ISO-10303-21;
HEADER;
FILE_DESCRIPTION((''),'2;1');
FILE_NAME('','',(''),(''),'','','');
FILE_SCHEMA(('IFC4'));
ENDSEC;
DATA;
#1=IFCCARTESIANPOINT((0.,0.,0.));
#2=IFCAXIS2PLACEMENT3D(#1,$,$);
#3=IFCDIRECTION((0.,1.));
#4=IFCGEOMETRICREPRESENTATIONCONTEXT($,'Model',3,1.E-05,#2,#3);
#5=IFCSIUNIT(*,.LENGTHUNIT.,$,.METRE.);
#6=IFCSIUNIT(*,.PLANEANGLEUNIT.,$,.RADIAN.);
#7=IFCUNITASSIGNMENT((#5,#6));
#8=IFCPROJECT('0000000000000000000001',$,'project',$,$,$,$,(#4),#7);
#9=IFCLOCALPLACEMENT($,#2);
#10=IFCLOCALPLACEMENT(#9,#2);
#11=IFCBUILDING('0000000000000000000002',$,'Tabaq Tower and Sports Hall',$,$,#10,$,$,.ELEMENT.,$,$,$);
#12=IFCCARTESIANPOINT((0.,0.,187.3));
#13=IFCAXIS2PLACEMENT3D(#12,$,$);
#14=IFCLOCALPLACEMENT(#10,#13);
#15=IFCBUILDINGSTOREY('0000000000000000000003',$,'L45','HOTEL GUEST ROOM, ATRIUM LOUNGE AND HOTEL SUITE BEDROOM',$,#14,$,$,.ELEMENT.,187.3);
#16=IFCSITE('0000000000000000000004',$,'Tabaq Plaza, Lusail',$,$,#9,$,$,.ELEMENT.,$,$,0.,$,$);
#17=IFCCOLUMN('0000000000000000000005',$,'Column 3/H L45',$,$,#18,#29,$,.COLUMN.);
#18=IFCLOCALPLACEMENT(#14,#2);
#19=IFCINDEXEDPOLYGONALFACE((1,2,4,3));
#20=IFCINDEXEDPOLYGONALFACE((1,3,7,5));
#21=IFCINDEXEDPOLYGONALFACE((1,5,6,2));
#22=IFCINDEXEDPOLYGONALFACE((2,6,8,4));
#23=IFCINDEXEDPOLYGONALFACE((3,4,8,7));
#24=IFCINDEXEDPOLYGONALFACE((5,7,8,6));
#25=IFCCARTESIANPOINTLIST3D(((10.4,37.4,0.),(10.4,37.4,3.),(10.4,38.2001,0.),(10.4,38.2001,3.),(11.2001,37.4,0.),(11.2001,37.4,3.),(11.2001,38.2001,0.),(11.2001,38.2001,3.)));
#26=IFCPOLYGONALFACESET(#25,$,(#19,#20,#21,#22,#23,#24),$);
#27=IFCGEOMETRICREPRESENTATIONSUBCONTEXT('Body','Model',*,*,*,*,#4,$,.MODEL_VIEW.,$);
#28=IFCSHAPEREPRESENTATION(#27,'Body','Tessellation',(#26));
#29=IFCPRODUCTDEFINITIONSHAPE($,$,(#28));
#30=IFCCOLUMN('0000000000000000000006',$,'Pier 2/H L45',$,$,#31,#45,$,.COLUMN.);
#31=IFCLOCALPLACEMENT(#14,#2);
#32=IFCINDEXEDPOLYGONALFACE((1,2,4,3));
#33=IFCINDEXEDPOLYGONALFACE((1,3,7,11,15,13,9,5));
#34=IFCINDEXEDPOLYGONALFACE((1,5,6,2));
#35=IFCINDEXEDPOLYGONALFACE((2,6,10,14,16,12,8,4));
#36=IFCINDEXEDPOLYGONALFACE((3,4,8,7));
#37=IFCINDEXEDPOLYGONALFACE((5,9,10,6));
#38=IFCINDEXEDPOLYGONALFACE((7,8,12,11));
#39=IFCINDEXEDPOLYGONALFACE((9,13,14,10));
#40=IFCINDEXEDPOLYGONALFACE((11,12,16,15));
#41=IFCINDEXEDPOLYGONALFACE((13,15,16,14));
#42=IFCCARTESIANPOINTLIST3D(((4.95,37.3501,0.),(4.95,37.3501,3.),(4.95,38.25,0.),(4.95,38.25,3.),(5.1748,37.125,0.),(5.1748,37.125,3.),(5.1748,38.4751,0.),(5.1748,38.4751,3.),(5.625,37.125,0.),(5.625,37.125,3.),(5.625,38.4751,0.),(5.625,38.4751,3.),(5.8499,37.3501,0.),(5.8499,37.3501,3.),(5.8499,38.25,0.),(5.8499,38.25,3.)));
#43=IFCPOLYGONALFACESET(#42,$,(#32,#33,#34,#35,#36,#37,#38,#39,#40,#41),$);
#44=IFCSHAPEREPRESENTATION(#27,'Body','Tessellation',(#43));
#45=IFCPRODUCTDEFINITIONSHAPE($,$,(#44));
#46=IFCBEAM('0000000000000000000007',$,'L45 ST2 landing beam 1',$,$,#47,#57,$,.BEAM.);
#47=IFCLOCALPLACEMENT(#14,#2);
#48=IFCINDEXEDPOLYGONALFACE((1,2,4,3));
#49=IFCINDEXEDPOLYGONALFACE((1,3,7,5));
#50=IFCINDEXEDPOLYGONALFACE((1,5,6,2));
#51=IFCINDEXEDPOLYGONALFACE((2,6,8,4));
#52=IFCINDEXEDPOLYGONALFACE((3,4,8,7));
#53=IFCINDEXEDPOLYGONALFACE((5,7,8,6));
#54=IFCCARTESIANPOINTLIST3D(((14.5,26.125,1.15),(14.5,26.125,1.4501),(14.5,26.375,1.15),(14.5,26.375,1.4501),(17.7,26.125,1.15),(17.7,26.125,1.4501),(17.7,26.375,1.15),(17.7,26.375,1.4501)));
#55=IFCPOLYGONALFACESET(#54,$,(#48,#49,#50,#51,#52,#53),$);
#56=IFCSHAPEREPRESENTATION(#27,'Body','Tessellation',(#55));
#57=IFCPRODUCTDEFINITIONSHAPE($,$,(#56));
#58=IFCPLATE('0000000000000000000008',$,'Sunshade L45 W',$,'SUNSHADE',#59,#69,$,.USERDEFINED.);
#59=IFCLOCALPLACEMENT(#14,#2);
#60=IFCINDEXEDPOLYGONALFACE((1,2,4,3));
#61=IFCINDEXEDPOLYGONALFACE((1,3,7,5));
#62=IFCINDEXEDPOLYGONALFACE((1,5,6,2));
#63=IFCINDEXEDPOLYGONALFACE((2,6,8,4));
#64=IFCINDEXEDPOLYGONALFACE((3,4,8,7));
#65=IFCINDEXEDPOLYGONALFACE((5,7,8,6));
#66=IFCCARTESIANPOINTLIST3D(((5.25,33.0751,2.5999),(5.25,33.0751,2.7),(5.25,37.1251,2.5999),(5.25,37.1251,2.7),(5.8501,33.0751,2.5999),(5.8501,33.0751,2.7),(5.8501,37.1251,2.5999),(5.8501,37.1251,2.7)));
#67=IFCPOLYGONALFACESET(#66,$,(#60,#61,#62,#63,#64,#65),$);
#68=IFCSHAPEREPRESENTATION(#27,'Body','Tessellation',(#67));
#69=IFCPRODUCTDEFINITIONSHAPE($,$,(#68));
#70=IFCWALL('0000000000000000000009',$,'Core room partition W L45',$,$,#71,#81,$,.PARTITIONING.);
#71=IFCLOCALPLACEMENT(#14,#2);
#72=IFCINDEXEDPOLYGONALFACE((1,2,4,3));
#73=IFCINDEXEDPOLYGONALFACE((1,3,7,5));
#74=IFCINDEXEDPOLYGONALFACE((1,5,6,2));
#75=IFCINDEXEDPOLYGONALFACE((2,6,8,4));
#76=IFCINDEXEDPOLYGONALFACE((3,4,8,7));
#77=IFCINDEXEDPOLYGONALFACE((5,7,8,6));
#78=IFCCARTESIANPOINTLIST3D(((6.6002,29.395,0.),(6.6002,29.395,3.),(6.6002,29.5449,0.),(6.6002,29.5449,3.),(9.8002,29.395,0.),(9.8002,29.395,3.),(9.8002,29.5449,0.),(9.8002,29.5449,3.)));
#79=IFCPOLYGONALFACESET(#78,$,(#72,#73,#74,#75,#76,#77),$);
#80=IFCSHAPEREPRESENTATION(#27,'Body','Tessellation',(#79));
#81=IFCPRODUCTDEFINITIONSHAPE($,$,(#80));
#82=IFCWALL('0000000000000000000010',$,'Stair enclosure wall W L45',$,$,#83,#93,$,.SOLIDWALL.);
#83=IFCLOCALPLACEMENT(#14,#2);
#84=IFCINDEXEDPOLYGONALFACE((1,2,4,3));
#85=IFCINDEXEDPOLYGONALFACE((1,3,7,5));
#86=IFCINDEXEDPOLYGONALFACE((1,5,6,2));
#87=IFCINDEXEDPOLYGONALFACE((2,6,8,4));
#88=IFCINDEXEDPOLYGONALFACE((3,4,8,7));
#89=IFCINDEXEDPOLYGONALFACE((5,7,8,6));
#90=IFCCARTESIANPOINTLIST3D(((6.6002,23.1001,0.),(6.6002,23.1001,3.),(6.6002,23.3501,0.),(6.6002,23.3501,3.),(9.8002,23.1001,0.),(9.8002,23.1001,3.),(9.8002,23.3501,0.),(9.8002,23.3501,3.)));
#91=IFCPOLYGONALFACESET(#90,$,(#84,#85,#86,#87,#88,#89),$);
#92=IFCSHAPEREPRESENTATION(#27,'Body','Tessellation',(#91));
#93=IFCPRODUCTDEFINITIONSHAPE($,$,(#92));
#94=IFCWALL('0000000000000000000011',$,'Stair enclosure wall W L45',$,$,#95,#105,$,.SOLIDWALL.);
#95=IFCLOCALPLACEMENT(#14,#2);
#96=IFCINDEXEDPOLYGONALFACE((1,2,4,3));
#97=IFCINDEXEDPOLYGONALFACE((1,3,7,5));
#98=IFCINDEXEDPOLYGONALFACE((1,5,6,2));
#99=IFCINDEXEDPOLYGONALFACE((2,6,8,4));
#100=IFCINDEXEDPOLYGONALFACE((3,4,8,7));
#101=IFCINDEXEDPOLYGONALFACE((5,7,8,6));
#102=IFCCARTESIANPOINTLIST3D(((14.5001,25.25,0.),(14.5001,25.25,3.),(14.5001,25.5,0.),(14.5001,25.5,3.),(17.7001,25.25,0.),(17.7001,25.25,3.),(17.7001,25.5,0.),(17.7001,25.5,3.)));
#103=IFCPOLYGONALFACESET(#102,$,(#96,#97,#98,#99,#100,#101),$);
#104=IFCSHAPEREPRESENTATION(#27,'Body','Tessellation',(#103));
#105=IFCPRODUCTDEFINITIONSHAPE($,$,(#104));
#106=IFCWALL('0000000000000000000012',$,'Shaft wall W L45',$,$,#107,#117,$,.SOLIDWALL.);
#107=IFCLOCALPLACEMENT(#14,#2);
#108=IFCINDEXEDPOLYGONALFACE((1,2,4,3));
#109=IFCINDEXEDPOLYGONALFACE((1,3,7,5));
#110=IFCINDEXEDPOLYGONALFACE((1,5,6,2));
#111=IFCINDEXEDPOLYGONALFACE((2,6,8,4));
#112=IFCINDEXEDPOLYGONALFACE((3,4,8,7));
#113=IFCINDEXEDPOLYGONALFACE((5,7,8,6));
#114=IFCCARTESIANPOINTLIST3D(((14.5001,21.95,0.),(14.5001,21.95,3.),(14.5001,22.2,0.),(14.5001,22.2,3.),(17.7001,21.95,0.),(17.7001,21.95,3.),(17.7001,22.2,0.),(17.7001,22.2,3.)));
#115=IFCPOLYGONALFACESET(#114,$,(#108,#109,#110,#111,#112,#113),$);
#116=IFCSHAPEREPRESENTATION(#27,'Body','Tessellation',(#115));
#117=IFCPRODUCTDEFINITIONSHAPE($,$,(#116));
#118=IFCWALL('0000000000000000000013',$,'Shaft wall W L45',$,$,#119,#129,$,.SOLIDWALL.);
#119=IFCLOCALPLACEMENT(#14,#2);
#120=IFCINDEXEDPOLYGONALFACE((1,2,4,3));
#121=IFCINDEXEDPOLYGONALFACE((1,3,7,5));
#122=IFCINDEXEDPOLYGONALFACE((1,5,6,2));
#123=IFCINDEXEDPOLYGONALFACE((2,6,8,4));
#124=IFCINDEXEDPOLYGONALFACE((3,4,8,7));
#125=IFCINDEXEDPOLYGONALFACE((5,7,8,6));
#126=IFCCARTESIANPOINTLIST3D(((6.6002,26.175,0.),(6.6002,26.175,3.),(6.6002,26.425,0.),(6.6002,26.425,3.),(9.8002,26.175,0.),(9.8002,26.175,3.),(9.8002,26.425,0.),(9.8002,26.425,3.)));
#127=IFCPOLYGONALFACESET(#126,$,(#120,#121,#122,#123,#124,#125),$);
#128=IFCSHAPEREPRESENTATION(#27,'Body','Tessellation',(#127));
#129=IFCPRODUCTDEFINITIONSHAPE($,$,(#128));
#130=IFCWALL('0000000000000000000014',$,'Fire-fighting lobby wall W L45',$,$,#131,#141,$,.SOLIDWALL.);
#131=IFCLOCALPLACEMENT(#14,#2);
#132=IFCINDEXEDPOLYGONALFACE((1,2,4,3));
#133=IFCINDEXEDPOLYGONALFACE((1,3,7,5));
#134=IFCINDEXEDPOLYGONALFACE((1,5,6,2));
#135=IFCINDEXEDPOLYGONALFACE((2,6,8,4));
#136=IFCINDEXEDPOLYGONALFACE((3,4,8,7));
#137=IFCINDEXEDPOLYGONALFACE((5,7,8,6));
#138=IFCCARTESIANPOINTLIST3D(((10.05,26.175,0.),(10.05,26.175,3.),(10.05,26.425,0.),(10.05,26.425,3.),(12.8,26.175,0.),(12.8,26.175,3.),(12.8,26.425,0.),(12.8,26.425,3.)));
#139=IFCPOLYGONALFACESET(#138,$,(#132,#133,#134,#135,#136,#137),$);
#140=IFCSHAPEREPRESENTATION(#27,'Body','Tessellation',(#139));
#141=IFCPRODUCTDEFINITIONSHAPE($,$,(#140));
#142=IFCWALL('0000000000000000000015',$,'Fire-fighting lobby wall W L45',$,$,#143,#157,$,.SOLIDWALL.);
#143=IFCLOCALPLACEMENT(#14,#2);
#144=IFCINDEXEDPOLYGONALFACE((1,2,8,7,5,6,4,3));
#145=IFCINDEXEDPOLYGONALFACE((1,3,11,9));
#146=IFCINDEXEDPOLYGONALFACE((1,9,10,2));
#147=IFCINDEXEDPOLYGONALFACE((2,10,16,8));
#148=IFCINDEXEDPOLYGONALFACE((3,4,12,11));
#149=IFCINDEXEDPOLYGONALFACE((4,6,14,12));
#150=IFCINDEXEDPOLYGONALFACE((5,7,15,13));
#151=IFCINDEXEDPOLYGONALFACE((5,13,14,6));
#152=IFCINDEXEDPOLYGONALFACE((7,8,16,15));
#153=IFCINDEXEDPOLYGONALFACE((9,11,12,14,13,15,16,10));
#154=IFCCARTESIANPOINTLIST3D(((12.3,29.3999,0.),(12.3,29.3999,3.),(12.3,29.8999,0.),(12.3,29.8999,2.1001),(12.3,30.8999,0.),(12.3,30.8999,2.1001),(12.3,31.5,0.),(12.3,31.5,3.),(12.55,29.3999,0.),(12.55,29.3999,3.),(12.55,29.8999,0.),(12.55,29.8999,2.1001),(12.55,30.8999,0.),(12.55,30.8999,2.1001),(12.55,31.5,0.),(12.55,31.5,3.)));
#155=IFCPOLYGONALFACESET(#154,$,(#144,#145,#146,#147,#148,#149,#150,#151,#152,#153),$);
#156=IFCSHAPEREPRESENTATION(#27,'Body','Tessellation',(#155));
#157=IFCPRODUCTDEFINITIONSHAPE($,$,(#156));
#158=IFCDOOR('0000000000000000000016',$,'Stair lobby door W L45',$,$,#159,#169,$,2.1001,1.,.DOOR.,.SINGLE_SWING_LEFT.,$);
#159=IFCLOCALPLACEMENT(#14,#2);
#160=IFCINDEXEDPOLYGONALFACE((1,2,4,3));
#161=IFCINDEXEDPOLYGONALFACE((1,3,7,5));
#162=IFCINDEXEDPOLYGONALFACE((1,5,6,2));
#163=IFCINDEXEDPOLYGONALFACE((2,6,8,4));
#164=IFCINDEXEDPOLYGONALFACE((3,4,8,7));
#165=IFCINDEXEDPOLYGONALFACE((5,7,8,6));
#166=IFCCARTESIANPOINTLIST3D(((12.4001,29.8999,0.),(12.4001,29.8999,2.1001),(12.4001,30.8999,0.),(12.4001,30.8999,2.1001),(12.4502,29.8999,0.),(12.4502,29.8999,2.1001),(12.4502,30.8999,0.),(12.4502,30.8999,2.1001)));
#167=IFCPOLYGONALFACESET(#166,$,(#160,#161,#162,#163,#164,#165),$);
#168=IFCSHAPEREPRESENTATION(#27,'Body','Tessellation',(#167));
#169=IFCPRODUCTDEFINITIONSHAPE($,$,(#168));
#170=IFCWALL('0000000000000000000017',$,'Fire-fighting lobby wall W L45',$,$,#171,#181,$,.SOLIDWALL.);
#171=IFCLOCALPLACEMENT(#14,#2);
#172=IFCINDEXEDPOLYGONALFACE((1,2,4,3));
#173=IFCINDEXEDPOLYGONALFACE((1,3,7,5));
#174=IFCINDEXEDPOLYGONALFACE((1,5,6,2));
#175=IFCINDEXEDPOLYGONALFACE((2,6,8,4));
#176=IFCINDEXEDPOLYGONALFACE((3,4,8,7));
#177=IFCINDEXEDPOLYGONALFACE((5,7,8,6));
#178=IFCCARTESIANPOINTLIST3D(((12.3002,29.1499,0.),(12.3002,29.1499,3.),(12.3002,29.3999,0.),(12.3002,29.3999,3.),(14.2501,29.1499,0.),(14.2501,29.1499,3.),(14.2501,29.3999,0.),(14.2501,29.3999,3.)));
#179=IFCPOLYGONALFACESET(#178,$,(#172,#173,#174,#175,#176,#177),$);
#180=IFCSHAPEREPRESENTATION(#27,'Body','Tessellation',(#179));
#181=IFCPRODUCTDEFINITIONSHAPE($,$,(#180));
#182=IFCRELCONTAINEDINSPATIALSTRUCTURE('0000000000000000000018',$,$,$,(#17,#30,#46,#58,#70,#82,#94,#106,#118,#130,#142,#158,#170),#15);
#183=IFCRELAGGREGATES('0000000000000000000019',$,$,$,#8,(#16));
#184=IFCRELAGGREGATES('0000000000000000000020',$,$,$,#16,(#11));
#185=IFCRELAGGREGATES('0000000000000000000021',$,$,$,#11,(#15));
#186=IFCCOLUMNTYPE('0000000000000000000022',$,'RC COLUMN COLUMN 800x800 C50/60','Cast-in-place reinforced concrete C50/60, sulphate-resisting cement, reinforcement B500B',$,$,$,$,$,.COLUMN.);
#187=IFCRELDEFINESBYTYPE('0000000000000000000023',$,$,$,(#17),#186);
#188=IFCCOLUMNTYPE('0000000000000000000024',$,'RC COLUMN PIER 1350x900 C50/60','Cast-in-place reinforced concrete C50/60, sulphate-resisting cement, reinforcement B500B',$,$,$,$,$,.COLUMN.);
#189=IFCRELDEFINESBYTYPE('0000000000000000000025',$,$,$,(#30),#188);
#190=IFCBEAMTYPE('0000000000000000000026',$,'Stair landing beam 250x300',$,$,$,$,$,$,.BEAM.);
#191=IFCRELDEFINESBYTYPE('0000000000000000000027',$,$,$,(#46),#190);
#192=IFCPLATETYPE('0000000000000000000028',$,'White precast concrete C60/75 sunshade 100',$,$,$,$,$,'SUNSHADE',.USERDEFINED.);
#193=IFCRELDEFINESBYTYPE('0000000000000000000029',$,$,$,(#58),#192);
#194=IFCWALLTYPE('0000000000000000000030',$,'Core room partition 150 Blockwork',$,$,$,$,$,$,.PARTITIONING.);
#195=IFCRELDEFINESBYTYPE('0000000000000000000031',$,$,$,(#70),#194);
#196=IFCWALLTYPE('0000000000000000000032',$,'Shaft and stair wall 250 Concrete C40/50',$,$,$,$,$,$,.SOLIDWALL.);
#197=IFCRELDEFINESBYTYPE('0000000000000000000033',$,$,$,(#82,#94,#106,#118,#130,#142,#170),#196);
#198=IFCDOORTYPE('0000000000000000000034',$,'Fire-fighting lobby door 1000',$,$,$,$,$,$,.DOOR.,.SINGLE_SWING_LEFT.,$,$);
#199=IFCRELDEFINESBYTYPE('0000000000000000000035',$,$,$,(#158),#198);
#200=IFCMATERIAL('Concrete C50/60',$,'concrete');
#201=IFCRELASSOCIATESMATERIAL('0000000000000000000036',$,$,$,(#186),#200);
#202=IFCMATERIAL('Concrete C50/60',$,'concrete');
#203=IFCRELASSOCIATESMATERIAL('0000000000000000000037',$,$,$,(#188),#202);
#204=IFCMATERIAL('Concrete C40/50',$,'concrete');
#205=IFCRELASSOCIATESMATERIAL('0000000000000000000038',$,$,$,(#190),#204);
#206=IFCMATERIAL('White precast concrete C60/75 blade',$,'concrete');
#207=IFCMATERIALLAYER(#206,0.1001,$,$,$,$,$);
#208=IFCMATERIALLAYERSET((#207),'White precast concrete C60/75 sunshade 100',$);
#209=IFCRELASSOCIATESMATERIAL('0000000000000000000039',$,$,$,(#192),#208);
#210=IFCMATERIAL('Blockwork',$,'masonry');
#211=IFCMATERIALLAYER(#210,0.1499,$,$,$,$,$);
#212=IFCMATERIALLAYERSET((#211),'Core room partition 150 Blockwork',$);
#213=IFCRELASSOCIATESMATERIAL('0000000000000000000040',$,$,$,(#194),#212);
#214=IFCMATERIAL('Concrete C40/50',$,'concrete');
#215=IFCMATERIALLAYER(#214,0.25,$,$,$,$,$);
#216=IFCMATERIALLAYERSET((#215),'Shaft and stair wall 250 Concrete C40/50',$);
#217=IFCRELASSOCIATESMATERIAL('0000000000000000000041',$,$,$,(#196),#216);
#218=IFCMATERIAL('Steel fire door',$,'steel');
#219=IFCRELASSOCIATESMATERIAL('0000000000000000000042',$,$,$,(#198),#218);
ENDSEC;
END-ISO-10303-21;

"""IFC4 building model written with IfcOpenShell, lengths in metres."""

from ifc_helpers import new_model, si_unit, direction, frame, frame_2d, origin, origin_2d, place, context, subcontext, project, spatial, polyline, rectangle, outline, extrude, material, layer, layer_set, material_profile, profile_set, type_object, element, fill, save


model = new_model("IFC4")

# Units and contexts
model_context = context("Model", 3, precision=1e-05, world=origin(), true_north=direction((0.0, 1.0)))
body_context = subcontext(model_context, "Body", "Model", "MODEL_VIEW")
ifc_project = project(units=[si_unit("LENGTHUNIT", "METRE"), si_unit("PLANEANGLEUNIT", "RADIAN")], contexts=[model_context])

# Site, building, storey
site_placement = place(None, origin())
site = spatial("IfcSite", under=ifc_project, at=site_placement, Name="Tabaq Plaza, Lusail", CompositionType="ELEMENT", RefElevation=0.0)
building_placement = place(site_placement, origin())
building = spatial("IfcBuilding", under=site, at=building_placement, Name="Tabaq Tower and Sports Hall", CompositionType="ELEMENT")
storey_placement = place(building_placement, frame((0.0, 0.0, 187.3)))
storey = spatial("IfcBuildingStorey", under=building, at=storey_placement, Name="L45", Description="HOTEL GUEST ROOM, ATRIUM LOUNGE AND HOTEL SUITE BEDROOM", CompositionType="ELEMENT", Elevation=187.3)

# Columns
ifc_material_1 = material(Name="Concrete C50/60", Category="concrete")
ifc_material_profile_1 = material_profile(ifc_material_1, rectangle(XDim=0.8, YDim=0.8, at=origin_2d()), Name="COLUMN 800x800")
ifc_profile_set_1 = profile_set([ifc_material_profile_1], Name="Concrete C50/60")
column_type_1 = type_object("IfcColumnType", Name="RC COLUMN COLUMN 800x800 C50/60", Description="Cast-in-place reinforced concrete C50/60, sulphate-resisting cement, reinforcement B500B", PredefinedType="COLUMN", material=ifc_profile_set_1)
column_1_placement = place(storey_placement, frame((10.8, 37.8, 0.0), z_axis=(0.0, 0.0, 1.0), x_axis=(1.0, 0.0, 0.0)))
element("IfcColumn", 1, at=column_1_placement, inside=storey, type_object=column_type_1, Name="Column 3/H L45", PredefinedType="COLUMN", context=body_context, shape_type="SweptSolid", body=[
    extrude(rectangle(XDim=0.8, YDim=0.8, at=origin_2d()), origin(), (0.0, 0.0, 1.0), 3.0),
])
ifc_material_2 = material(Name="Concrete C50/60", Category="concrete")
ifc_material_profile_2 = material_profile(ifc_material_2, outline(polyline([(-0.45, -0.45), (0.45, -0.45), (0.675, -0.2251), (0.675, 0.2251), (0.45, 0.45), (-0.45, 0.45), (-0.675, 0.2251), (-0.675, -0.2251), (-0.45, -0.45)])), Name="PIER 1350x900")
ifc_profile_set_2 = profile_set([ifc_material_profile_2], Name="Concrete C50/60")
column_type_2 = type_object("IfcColumnType", Name="RC COLUMN PIER 1350x900 C50/60", Description="Cast-in-place reinforced concrete C50/60, sulphate-resisting cement, reinforcement B500B", PredefinedType="COLUMN", material=ifc_profile_set_2)
column_2_placement = place(storey_placement, frame((5.3999, 37.8, 0.0), z_axis=(0.0, 0.0, 1.0), x_axis=(0.0, 1.0, 0.0)))
element("IfcColumn", 2, at=column_2_placement, inside=storey, type_object=column_type_2, Name="Pier 2/H L45", PredefinedType="COLUMN", context=body_context, shape_type="SweptSolid", body=[
    extrude(outline(polyline([(-0.45, -0.45), (0.45, -0.45), (0.675, -0.2251), (0.675, 0.2251), (0.45, 0.45), (-0.45, 0.45), (-0.675, 0.2251), (-0.675, -0.2251), (-0.45, -0.45)])), origin(), (0.0, 0.0, 1.0), 3.0),
])

# Beam
ifc_material_3 = material(Name="Concrete C40/50", Category="concrete")
ifc_material_profile_3 = material_profile(ifc_material_3, rectangle(XDim=0.25, YDim=0.3, at=origin_2d()), Name="RC 250x300")
ifc_profile_set_3 = profile_set([ifc_material_profile_3], Name="Concrete C40/50")
beam_type = type_object("IfcBeamType", Name="Stair landing beam 250x300", PredefinedType="BEAM", material=ifc_profile_set_3)
beam_placement = place(storey_placement, frame((14.5, 26.25, 1.3), z_axis=(1.0, 0.0, 0.0), x_axis=(0.0, 1.0, 0.0)))
element("IfcBeam", 3, at=beam_placement, inside=storey, type_object=beam_type, Name="L45 ST2 landing beam 1", PredefinedType="BEAM", context=body_context, shape_type="SweptSolid", body=[
    extrude(rectangle(XDim=0.25, YDim=0.3, at=origin_2d()), origin(), (0.0, 0.0, 1.0), 3.2),
])

# Plate
ifc_material_4 = material(Name="White precast concrete C60/75 blade", Category="concrete")
ifc_layer_1 = layer(ifc_material_4, 0.1001)
ifc_layer_set_1 = layer_set([ifc_layer_1], Name="White precast concrete C60/75 sunshade 100")
plate_type = type_object("IfcPlateType", Name="White precast concrete C60/75 sunshade 100", ElementType="SUNSHADE", PredefinedType="USERDEFINED", material=ifc_layer_set_1)
plate_placement = place(storey_placement, frame((5.55, 35.1001, 2.5999), z_axis=(0.0, 0.0, 1.0), x_axis=(0.0, -1.0, 0.0)))
element("IfcPlate", 4, at=plate_placement, inside=storey, type_object=plate_type, Name="Sunshade L45 W", ObjectType="SUNSHADE", PredefinedType="USERDEFINED", context=body_context, shape_type="SweptSolid", body=[
    extrude(rectangle(XDim=4.05, YDim=0.6001, at=origin_2d()), origin(), (0.0, 0.0, 1.0), 0.1001),
])

# Wall
ifc_material_5 = material(Name="Blockwork", Category="masonry")
ifc_layer_2 = layer(ifc_material_5, 0.1499)
ifc_layer_set_2 = layer_set([ifc_layer_2], Name="Core room partition 150 Blockwork")
wall_type_1 = type_object("IfcWallType", Name="Core room partition 150 Blockwork", PredefinedType="PARTITIONING", material=ifc_layer_set_2)
wall_1_placement = place(storey_placement, frame((6.6001, 29.47, 0.0), z_axis=(0.0, 0.0, 1.0), x_axis=(1.0, 0.0, 0.0)))
element("IfcWall", 5, at=wall_1_placement, inside=storey, type_object=wall_type_1, Name="Core room partition W L45", PredefinedType="PARTITIONING", context=body_context, shape_type="SweptSolid", body=[
    extrude(rectangle(XDim=3.2, YDim=0.1499, at=frame_2d((1.6001, 0.0))), origin(), (0.0, 0.0, 1.0), 3.0),
])

# Walls
ifc_material_6 = material(Name="Concrete C40/50", Category="concrete")
ifc_layer_3 = layer(ifc_material_6, 0.25)
ifc_layer_set_3 = layer_set([ifc_layer_3], Name="Shaft and stair wall 250 Concrete C40/50")
wall_type_2 = type_object("IfcWallType", Name="Shaft and stair wall 250 Concrete C40/50", PredefinedType="SOLIDWALL", material=ifc_layer_set_3)
for number, where, z_axis, x_axis, name in (
    (6, (6.6001, 23.2251, 0.0), (0.0, 0.0, 1.0), (1.0, 0.0, 0.0), "Stair enclosure wall W L45"),
    (7, (14.5, 25.375, 0.0), (0.0, 0.0, 1.0), (1.0, 0.0, 0.0), "Stair enclosure wall W L45"),
    (8, (14.5, 22.075, 0.0), (0.0, 0.0, 1.0), (1.0, 0.0, 0.0), "Shaft wall W L45"),
    (9, (6.6001, 26.3, 0.0), (0.0, 0.0, 1.0), (1.0, 0.0, 0.0), "Shaft wall W L45"),
):
    element("IfcWall", number, at=place(storey_placement, frame(where, z_axis=z_axis, x_axis=x_axis)), inside=storey, type_object=wall_type_2, Name=name, PredefinedType="SOLIDWALL", context=body_context, shape_type="SweptSolid", body=[
        extrude(rectangle(XDim=3.2, YDim=0.25, at=frame_2d((1.6001, 0.0))), origin(), (0.0, 0.0, 1.0), 3.0),
    ])
wall_2_placement = place(storey_placement, frame((10.05, 26.3, 0.0), z_axis=(0.0, 0.0, 1.0), x_axis=(1.0, 0.0, 0.0)))
element("IfcWall", 10, at=wall_2_placement, inside=storey, type_object=wall_type_2, Name="Fire-fighting lobby wall W L45", PredefinedType="SOLIDWALL", context=body_context, shape_type="SweptSolid", body=[
    extrude(rectangle(XDim=2.75, YDim=0.25, at=frame_2d((1.375, 0.0))), origin(), (0.0, 0.0, 1.0), 3.0),
])

# Wall, opening, door
wall_3_placement = place(storey_placement, frame((12.425, 29.3999, 0.0), z_axis=(0.0, 0.0, 1.0), x_axis=(0.0, 1.0, 0.0)))
wall_3 = element("IfcWall", 11, at=wall_3_placement, inside=storey, type_object=wall_type_2, Name="Fire-fighting lobby wall W L45", PredefinedType="SOLIDWALL", context=body_context, shape_type="SweptSolid", body=[
    extrude(rectangle(XDim=2.1001, YDim=0.25, at=frame_2d((1.05, 0.0))), origin(), (0.0, 0.0, 1.0), 3.0),
])
opening_1_placement = place(wall_3_placement, frame((0.5, 0.0, 0.0)))
opening_1 = element("IfcOpeningElement", 12, at=opening_1_placement, cuts=wall_3, PredefinedType="OPENING", context=body_context, shape_type="SweptSolid", body=[
    extrude(rectangle(XDim=1.0, YDim=2.1001, at=frame_2d((0.5, 1.05))), frame((0.0, 0.125, 0.0), z_axis=(0.0, -1.0, 0.0), x_axis=(1.0, 0.0, 0.0)), (0.0, 0.0, 1.0), 0.25),
])
ifc_material_7 = material(Name="Steel fire door", Category="steel")
door_type_1 = type_object("IfcDoorType", Name="Fire-fighting lobby door 1000", OperationType="SINGLE_SWING_LEFT", PredefinedType="DOOR", material=ifc_material_7)
door_1_placement = place(opening_1_placement, origin())
door_1 = element("IfcDoor", 13, at=door_1_placement, inside=storey, type_object=door_type_1, Name="Stair lobby door W L45", OperationType="SINGLE_SWING_LEFT", OverallHeight=2.1001, OverallWidth=1.0, PredefinedType="DOOR", context=body_context, shape_type="SweptSolid", body=[
    extrude(rectangle(XDim=1.0, YDim=2.1001, at=frame_2d((0.5, 1.05))), frame((0.0, 0.0249, 0.0), z_axis=(0.0, -1.0, 0.0), x_axis=(1.0, 0.0, 0.0)), (0.0, 0.0, 1.0), 0.05),
])
fill(opening_1, door_1)

# Wall
wall_4_placement = place(storey_placement, frame((12.3, 29.2749, 0.0), z_axis=(0.0, 0.0, 1.0), x_axis=(1.0, 0.0, 0.0)))
element("IfcWall", 14, at=wall_4_placement, inside=storey, type_object=wall_type_2, Name="Fire-fighting lobby wall W L45", PredefinedType="SOLIDWALL", context=body_context, shape_type="SweptSolid", body=[
    extrude(rectangle(XDim=1.95, YDim=0.25, at=frame_2d((0.9751, 0.0))), origin(), (0.0, 0.0, 1.0), 3.0),
])

save(model, "model.ifc")
